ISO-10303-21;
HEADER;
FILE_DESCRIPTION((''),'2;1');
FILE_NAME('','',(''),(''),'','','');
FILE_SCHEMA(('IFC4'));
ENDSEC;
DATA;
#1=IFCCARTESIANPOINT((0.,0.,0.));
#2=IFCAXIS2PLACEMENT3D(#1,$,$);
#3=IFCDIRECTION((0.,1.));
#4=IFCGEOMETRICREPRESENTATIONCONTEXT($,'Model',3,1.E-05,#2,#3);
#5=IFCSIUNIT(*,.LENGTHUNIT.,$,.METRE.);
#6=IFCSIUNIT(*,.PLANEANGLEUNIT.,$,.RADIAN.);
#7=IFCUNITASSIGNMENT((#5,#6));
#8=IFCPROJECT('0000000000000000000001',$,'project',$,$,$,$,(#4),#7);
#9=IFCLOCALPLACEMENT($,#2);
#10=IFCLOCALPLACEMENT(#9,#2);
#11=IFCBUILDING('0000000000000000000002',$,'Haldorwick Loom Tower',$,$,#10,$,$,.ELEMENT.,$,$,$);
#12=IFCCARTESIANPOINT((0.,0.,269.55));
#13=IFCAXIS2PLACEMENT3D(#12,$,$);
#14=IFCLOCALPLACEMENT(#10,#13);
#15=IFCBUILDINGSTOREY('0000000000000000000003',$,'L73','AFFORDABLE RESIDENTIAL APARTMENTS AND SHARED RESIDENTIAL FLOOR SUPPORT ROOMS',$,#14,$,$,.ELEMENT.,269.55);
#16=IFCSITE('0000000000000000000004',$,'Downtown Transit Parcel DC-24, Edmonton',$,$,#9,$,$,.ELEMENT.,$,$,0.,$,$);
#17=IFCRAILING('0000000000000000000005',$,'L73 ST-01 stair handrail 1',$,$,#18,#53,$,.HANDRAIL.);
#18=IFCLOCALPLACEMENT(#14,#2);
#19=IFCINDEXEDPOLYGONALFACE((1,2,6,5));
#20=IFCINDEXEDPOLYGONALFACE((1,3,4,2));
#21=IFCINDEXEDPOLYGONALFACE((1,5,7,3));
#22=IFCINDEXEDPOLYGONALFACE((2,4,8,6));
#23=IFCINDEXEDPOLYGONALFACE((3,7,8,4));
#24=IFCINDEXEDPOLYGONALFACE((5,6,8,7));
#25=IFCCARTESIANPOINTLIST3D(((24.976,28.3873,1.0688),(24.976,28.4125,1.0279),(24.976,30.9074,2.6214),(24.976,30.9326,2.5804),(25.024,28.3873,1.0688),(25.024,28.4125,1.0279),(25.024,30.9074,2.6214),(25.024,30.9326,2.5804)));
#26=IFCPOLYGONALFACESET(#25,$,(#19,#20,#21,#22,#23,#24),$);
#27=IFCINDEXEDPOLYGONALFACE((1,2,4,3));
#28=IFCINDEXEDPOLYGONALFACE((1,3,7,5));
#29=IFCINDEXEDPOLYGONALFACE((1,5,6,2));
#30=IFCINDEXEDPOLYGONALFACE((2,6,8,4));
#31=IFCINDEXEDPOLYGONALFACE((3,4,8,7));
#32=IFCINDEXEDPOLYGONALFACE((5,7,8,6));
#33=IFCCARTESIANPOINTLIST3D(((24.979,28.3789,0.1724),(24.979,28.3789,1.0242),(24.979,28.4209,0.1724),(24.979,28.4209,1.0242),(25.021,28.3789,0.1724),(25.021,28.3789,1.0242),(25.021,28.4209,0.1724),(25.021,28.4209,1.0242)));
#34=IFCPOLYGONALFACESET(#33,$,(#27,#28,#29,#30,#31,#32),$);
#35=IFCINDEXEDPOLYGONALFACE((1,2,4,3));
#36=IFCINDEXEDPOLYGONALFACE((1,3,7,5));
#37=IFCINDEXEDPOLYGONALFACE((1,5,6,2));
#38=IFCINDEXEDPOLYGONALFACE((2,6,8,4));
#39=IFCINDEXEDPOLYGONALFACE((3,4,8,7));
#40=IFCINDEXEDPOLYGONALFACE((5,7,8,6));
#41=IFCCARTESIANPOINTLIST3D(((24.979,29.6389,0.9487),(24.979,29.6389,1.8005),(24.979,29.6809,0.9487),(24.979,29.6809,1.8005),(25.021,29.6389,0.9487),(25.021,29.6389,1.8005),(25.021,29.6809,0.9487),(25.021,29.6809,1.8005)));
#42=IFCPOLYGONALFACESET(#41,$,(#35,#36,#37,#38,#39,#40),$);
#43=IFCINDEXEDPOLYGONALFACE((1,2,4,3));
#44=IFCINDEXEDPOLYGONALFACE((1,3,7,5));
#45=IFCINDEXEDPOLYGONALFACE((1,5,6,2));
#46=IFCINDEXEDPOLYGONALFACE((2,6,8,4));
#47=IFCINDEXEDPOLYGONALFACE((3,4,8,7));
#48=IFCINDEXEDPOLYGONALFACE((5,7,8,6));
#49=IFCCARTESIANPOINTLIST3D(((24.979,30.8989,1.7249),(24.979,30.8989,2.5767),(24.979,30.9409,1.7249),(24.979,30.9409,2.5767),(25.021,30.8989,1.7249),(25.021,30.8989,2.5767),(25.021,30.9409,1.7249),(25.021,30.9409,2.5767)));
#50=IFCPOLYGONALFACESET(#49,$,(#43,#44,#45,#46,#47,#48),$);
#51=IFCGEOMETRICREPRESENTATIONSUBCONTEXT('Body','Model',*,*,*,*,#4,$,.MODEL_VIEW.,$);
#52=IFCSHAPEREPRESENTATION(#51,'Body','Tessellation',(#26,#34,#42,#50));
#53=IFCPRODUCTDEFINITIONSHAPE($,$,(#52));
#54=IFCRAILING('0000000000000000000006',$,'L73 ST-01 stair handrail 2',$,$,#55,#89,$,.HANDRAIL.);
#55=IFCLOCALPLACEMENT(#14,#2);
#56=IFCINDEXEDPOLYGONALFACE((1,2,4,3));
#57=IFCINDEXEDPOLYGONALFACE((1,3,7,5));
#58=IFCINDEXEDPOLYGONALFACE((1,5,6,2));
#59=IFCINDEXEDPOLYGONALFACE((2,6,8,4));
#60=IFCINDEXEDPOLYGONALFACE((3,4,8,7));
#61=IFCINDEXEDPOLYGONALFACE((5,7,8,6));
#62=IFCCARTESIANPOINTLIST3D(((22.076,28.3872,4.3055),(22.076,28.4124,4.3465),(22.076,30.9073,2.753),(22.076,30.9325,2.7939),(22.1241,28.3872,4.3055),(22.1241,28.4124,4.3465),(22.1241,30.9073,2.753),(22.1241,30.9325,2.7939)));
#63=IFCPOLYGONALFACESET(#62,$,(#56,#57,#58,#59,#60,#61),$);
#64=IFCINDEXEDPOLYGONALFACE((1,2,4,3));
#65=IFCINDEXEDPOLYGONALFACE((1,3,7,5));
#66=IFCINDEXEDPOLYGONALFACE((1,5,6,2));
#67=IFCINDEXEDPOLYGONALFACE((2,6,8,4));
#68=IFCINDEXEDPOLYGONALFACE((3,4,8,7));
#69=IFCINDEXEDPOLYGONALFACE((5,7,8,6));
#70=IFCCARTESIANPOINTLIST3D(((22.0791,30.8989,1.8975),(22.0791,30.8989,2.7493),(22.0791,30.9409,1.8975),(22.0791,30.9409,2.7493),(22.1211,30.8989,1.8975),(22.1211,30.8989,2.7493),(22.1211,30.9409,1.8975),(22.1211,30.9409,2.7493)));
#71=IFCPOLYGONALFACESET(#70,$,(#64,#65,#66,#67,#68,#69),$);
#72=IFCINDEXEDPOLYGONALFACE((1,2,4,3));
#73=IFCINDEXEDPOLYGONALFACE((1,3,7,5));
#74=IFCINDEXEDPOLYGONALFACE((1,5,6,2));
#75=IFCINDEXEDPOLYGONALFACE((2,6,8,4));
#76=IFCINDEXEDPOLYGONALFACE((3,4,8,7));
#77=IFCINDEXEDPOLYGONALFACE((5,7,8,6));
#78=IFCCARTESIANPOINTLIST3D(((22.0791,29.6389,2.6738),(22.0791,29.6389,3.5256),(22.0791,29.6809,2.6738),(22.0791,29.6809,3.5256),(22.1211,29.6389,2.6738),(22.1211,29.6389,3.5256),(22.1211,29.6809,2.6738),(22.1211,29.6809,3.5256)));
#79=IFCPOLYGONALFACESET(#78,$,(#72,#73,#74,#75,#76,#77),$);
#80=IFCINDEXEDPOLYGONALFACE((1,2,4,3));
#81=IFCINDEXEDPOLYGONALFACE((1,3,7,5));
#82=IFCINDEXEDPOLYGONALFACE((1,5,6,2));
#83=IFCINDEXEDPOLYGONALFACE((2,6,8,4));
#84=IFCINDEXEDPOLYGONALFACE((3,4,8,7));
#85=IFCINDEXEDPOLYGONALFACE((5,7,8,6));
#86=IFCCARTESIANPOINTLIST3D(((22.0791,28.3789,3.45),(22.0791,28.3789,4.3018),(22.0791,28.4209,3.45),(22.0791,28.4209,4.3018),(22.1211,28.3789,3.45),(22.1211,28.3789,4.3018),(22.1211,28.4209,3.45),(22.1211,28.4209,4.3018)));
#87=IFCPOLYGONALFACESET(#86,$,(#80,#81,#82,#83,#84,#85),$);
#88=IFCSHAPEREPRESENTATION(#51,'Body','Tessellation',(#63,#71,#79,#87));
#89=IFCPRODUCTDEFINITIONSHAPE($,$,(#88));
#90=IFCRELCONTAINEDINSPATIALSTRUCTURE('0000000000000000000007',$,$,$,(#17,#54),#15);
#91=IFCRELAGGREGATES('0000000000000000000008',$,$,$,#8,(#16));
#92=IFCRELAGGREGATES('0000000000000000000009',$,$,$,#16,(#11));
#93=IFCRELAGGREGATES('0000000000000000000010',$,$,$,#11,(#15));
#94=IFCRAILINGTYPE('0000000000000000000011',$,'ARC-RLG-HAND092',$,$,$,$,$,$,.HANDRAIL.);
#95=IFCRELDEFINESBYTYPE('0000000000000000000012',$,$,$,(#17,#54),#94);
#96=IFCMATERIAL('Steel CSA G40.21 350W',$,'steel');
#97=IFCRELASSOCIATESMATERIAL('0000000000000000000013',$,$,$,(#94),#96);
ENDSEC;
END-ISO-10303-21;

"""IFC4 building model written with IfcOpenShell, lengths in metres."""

from ifc_helpers import new_model, si_unit, direction, frame, origin, origin_2d, place, context, subcontext, project, spatial, rectangle, extrude, material, type_object, element, save


model = new_model("IFC4")

# Units and contexts
model_context = context("Model", 3, precision=1e-05, world=origin(), true_north=direction((0.0, 1.0)))
body_context = subcontext(model_context, "Body", "Model", "MODEL_VIEW")
ifc_project = project(units=[si_unit("LENGTHUNIT", "METRE"), si_unit("PLANEANGLEUNIT", "RADIAN")], contexts=[model_context])

# Site, building, storey
site_placement = place(None, origin())
site = spatial("IfcSite", under=ifc_project, at=site_placement, Name="Downtown Transit Parcel DC-24, Edmonton", CompositionType="ELEMENT", RefElevation=0.0)
building_placement = place(site_placement, origin())
building = spatial("IfcBuilding", under=site, at=building_placement, Name="Haldorwick Loom Tower", CompositionType="ELEMENT")
storey_placement = place(building_placement, frame((0.0, 0.0, 269.55)))
storey = spatial("IfcBuildingStorey", under=building, at=storey_placement, Name="L73", Description="AFFORDABLE RESIDENTIAL APARTMENTS AND SHARED RESIDENTIAL FLOOR SUPPORT ROOMS", CompositionType="ELEMENT", Elevation=269.55)

# Shared definitions
ifc_material_1 = material(Name="Steel CSA G40.21 350W", Category="steel")

# Railings
railing_type_1 = type_object("IfcRailingType", Name="ARC-RLG-HAND092", PredefinedType="HANDRAIL", material=ifc_material_1)
railing_1_placement = place(storey_placement, frame((25.0, 28.3999, 0.1724)))
element("IfcRailing", 1, at=railing_1_placement, inside=storey, type_object=railing_type_1, Name="L73 ST-01 stair handrail 1", PredefinedType="HANDRAIL", context=body_context, shape_type="SweptSolid", body=[
    extrude(rectangle(XDim=0.0481, YDim=0.0481, at=origin_2d()), frame((0.0, 0.0, 0.876), z_axis=(0.0, 0.8514, 0.524516), x_axis=(-1.0, 0.0, 0.0)), (0.0, 0.0, 1.0), 2.96),
    extrude(rectangle(XDim=0.042, YDim=0.042, at=origin_2d()), origin(), (0.0, 0.0, 1.0), 0.8518),
    extrude(rectangle(XDim=0.042, YDim=0.042, at=origin_2d()), frame((0.0, 1.26, 0.7764)), (0.0, 0.0, 1.0), 0.8518),
    extrude(rectangle(XDim=0.042, YDim=0.042, at=origin_2d()), frame((0.0, 2.52, 1.5525)), (0.0, 0.0, 1.0), 0.8518),
])
railing_2_placement = place(storey_placement, frame((22.1001, 30.9199, 1.8975)))
element("IfcRailing", 2, at=railing_2_placement, inside=storey, type_object=railing_type_1, Name="L73 ST-01 stair handrail 2", PredefinedType="HANDRAIL", context=body_context, shape_type="SweptSolid", body=[
    extrude(rectangle(XDim=0.0481, YDim=0.0481, at=origin_2d()), frame((0.0, 0.0, 0.876), z_axis=(0.0, -0.8514, 0.524516), x_axis=(1.0, 0.0, 0.0)), (0.0, 0.0, 1.0), 2.96),
    extrude(rectangle(XDim=0.042, YDim=0.042, at=origin_2d()), origin(), (0.0, 0.0, 1.0), 0.8518),
    extrude(rectangle(XDim=0.042, YDim=0.042, at=origin_2d()), frame((0.0, -1.26, 0.7764)), (0.0, 0.0, 1.0), 0.8518),
    extrude(rectangle(XDim=0.042, YDim=0.042, at=origin_2d()), frame((0.0, -2.52, 1.5525)), (0.0, 0.0, 1.0), 0.8518),
])

save(model, "model.ifc")
